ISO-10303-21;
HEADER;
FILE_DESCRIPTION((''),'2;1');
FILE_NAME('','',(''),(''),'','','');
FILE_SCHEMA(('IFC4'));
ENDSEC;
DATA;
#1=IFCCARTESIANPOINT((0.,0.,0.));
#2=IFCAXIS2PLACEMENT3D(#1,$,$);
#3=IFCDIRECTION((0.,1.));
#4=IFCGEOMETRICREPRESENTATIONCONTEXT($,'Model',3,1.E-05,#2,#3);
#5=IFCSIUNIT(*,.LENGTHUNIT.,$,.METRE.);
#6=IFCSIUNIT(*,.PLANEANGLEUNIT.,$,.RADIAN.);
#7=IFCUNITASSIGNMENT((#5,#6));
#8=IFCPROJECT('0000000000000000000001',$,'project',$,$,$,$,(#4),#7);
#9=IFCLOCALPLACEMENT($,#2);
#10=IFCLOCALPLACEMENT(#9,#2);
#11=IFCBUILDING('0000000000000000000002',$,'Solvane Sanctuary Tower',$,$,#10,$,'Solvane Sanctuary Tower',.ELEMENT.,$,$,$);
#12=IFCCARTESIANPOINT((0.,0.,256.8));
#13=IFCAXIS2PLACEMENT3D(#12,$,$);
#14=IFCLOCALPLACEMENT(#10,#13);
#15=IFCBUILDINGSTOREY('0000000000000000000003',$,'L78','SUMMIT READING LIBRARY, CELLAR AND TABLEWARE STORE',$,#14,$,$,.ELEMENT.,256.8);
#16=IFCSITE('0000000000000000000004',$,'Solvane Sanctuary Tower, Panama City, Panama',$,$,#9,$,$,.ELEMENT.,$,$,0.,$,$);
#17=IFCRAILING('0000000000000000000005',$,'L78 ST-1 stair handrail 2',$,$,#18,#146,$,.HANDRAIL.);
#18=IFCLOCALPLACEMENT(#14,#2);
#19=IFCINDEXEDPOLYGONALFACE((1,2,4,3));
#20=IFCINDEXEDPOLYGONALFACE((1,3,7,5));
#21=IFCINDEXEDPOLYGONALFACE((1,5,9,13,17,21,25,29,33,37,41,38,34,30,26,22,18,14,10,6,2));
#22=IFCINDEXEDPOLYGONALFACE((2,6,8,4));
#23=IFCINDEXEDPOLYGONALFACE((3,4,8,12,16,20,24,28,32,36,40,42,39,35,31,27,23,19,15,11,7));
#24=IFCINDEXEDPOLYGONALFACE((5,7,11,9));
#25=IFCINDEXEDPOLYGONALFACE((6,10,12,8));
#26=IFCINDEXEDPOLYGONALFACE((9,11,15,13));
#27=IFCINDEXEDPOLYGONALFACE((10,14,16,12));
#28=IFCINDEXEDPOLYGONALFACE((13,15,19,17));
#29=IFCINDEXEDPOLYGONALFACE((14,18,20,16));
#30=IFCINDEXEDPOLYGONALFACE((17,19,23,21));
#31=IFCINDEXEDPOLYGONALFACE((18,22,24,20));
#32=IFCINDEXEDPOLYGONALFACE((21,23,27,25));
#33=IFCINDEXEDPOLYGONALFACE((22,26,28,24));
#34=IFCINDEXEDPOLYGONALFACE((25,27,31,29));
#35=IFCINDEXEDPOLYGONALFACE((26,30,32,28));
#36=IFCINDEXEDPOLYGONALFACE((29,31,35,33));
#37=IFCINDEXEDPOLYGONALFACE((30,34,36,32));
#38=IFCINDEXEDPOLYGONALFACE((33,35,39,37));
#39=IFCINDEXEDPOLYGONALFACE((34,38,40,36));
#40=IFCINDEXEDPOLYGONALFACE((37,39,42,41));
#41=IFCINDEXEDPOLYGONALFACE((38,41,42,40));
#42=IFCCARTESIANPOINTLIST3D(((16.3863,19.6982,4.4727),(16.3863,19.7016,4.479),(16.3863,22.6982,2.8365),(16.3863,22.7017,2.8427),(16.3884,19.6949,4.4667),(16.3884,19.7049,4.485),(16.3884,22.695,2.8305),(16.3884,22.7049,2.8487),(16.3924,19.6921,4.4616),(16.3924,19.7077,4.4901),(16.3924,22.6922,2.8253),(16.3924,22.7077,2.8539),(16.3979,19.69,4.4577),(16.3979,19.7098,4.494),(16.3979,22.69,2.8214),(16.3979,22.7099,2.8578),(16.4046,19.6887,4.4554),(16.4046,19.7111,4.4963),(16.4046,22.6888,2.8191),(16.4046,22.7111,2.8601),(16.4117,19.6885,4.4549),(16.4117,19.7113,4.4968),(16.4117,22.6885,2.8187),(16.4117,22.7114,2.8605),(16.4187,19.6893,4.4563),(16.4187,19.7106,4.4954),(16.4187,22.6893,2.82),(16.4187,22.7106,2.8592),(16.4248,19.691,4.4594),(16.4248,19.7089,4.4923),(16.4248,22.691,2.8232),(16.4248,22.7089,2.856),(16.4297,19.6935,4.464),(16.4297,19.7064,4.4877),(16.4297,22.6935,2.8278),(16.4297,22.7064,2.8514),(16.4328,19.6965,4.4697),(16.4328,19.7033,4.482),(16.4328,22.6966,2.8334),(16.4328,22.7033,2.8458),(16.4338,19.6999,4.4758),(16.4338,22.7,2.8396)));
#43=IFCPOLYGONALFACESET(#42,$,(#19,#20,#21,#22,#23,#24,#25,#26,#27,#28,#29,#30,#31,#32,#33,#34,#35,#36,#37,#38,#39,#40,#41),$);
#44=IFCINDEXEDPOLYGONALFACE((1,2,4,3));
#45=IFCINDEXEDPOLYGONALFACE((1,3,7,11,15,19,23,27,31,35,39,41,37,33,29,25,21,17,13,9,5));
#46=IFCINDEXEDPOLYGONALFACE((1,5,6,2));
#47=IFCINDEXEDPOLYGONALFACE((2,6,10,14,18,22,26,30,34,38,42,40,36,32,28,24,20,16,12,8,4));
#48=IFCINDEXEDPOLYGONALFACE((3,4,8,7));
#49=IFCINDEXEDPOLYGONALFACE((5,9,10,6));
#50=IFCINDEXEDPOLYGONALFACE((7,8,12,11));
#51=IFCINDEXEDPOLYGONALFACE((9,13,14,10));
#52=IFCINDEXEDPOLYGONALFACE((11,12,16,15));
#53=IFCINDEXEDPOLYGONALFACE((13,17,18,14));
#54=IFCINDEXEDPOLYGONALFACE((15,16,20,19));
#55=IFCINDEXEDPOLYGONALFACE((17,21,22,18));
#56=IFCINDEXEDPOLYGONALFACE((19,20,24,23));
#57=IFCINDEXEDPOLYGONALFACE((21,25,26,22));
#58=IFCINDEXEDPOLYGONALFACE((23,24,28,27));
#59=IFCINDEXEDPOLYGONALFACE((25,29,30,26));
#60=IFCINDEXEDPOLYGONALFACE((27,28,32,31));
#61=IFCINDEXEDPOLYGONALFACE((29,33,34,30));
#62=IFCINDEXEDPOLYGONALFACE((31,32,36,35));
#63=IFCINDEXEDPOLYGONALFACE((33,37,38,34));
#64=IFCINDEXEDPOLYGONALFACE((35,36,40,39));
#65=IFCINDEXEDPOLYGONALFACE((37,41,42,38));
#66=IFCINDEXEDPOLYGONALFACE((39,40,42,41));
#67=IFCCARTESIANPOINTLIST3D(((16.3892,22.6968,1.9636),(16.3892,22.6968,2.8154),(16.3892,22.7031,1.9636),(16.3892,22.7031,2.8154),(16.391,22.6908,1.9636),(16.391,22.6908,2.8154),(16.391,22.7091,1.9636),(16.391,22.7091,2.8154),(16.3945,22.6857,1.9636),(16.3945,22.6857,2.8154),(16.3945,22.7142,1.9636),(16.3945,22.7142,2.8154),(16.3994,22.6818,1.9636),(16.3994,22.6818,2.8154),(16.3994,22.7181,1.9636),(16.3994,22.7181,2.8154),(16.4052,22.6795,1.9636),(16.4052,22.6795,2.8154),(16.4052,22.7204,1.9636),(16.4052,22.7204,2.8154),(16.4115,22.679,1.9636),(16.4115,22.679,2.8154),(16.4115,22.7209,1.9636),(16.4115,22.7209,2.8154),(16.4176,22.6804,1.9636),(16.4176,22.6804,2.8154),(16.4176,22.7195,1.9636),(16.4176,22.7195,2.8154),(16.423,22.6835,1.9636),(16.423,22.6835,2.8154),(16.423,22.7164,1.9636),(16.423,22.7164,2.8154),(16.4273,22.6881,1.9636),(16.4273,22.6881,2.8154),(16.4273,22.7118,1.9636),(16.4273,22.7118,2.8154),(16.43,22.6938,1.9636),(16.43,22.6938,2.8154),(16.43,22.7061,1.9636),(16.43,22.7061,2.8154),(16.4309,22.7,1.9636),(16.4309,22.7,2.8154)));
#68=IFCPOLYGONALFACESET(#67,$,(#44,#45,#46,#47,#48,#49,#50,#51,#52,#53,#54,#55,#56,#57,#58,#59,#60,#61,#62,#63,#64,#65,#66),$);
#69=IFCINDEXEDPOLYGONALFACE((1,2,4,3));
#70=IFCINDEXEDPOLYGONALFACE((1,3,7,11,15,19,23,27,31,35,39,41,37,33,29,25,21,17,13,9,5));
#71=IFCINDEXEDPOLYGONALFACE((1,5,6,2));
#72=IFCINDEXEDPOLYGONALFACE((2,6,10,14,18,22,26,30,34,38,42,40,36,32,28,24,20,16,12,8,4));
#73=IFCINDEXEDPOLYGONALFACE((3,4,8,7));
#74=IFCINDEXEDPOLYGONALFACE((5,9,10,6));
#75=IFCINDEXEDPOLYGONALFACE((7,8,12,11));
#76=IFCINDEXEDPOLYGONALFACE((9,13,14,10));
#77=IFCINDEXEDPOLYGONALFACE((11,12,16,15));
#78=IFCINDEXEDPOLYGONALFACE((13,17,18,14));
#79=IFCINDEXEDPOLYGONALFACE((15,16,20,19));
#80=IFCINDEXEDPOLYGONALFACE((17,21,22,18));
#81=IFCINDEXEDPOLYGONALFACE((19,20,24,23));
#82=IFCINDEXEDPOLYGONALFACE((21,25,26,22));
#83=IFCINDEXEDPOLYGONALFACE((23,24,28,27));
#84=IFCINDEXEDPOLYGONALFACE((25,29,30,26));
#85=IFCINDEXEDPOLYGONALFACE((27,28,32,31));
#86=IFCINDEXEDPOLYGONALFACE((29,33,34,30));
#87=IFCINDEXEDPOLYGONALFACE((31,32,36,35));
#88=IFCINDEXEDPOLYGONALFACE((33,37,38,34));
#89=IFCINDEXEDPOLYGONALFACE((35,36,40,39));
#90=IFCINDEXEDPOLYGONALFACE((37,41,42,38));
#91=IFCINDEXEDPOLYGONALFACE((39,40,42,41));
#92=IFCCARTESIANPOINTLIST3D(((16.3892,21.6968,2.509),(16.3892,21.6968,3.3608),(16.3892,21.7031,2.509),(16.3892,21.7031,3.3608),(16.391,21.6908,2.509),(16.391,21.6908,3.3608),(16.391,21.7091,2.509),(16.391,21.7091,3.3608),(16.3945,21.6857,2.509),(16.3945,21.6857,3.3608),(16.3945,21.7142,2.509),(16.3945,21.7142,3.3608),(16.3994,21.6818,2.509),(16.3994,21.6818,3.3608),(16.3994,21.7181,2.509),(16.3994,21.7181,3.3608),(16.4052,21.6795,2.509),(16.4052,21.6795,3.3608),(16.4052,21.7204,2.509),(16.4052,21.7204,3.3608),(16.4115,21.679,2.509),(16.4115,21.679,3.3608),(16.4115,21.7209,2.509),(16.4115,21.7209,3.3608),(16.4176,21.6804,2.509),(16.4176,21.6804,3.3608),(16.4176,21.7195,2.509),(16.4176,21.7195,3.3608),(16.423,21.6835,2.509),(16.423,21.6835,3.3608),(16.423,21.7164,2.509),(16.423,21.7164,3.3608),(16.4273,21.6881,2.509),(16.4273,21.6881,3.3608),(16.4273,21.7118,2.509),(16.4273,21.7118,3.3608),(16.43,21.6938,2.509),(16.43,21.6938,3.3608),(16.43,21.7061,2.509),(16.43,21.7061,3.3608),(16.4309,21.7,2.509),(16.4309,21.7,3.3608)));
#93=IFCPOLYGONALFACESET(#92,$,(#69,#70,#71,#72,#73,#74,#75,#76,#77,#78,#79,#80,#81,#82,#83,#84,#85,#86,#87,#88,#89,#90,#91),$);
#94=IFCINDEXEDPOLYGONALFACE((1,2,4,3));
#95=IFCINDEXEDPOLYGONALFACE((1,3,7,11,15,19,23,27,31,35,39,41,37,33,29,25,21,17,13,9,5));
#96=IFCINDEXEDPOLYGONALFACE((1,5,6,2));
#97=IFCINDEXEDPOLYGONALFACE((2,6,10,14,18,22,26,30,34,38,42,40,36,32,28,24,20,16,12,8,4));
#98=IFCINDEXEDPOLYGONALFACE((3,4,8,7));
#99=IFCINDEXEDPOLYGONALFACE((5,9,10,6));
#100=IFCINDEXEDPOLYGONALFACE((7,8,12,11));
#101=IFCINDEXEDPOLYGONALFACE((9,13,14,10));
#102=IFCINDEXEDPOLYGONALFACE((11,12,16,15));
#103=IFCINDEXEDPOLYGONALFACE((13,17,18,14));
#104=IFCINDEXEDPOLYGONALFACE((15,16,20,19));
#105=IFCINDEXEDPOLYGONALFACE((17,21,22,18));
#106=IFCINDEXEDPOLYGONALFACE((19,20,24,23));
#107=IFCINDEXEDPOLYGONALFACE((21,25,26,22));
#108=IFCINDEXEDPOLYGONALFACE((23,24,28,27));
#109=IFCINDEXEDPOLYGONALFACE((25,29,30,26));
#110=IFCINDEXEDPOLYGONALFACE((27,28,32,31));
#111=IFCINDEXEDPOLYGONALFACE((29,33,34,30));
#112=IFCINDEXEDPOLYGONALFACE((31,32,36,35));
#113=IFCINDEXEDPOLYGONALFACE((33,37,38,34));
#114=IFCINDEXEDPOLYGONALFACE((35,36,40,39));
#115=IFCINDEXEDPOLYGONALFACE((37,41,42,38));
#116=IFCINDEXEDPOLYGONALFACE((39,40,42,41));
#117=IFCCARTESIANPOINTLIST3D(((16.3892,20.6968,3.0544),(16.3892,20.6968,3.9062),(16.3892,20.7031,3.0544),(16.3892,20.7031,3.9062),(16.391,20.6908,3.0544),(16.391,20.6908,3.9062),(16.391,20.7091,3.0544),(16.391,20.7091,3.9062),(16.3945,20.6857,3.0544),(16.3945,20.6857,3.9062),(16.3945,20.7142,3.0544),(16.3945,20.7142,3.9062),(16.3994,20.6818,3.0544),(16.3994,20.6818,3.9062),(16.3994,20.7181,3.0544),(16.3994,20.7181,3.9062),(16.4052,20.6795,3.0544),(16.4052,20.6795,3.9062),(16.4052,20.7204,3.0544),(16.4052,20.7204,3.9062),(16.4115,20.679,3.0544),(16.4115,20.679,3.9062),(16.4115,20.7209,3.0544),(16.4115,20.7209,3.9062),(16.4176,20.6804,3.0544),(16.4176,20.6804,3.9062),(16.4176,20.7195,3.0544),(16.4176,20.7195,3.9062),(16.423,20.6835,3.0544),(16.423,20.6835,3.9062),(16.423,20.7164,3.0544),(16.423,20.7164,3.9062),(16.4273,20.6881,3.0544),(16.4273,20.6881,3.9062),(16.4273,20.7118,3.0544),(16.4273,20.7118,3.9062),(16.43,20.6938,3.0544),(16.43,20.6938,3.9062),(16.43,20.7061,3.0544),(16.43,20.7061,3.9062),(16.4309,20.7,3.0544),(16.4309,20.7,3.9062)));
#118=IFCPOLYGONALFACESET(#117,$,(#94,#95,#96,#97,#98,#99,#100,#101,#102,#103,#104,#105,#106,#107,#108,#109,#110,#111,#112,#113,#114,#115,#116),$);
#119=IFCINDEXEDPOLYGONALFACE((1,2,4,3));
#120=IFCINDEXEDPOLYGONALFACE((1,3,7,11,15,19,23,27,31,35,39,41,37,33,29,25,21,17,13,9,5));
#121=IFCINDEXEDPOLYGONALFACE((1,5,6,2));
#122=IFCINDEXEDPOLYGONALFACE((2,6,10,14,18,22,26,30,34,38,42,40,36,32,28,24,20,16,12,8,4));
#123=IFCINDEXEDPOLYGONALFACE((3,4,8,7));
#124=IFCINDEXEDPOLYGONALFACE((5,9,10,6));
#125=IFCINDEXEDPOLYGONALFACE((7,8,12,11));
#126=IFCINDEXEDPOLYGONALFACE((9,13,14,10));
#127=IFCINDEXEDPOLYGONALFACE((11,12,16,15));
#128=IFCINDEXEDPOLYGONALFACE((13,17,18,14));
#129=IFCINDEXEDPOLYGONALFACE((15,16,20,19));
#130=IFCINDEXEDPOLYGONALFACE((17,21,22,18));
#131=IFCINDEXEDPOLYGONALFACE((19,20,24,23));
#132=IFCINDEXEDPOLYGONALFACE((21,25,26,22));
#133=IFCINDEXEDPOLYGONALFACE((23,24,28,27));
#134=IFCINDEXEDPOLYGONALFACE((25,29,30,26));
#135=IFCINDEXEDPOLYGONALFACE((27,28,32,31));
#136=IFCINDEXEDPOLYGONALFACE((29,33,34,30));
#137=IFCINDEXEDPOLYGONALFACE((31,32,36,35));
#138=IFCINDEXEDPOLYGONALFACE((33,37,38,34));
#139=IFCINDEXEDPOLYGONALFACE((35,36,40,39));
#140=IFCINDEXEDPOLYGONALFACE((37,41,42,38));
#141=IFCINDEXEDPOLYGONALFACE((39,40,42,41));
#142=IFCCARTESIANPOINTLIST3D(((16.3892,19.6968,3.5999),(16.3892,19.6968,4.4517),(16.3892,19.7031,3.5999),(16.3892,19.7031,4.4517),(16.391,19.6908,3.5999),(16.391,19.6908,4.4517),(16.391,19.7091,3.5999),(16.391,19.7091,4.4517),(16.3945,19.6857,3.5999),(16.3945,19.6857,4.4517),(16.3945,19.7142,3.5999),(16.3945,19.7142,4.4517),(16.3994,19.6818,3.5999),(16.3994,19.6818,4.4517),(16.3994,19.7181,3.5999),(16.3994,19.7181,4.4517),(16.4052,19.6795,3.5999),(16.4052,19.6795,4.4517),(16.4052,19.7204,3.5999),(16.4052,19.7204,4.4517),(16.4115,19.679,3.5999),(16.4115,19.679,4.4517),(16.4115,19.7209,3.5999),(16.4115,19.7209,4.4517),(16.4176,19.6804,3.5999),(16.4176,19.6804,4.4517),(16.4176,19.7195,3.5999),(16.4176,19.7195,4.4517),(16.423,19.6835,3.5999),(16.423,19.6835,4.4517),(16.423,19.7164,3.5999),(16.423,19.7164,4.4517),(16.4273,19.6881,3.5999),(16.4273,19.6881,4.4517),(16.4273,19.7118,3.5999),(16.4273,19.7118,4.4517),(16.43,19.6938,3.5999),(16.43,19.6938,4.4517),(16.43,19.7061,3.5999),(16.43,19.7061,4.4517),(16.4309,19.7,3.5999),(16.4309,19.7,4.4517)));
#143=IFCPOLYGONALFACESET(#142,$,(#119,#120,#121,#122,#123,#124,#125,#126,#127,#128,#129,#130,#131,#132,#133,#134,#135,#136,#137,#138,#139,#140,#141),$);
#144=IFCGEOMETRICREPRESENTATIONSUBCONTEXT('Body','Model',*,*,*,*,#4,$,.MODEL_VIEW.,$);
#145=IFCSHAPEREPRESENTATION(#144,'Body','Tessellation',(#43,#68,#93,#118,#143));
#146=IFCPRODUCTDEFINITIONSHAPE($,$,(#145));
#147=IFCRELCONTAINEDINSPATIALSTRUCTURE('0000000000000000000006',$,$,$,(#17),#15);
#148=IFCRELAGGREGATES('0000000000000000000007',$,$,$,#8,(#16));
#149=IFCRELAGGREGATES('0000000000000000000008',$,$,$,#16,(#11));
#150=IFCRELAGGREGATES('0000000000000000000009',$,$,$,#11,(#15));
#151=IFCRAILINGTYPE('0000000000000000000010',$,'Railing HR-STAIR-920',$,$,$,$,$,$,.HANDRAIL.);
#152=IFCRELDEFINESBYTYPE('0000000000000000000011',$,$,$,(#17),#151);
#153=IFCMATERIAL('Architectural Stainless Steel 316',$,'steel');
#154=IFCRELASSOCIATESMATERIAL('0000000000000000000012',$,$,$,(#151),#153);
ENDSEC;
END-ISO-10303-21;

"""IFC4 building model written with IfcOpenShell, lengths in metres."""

from ifc_helpers import new_model, si_unit, direction, frame, origin, origin_2d, place, context, subcontext, project, spatial, circle, extrude, material, type_object, element, save


model = new_model("IFC4")

# Units and contexts
model_context = context("Model", 3, precision=1e-05, world=origin(), true_north=direction((0.0, 1.0)))
body_context = subcontext(model_context, "Body", "Model", "MODEL_VIEW")
ifc_project = project(units=[si_unit("LENGTHUNIT", "METRE"), si_unit("PLANEANGLEUNIT", "RADIAN")], contexts=[model_context])

# Site, building, storey
site_placement = place(None, origin())
site = spatial("IfcSite", under=ifc_project, at=site_placement, Name="Solvane Sanctuary Tower, Panama City, Panama", CompositionType="ELEMENT", RefElevation=0.0)
building_placement = place(site_placement, origin())
building = spatial("IfcBuilding", under=site, at=building_placement, Name="Solvane Sanctuary Tower", LongName="Solvane Sanctuary Tower", CompositionType="ELEMENT")
storey_placement = place(building_placement, frame((0.0, 0.0, 256.8)))
storey = spatial("IfcBuildingStorey", under=building, at=storey_placement, Name="L78", Description="SUMMIT READING LIBRARY, CELLAR AND TABLEWARE STORE", CompositionType="ELEMENT", Elevation=256.8)

# Shared definitions
ifc_material_1 = material(Name="Architectural Stainless Steel 316", Category="steel")

# Railing
railing_type_1 = type_object("IfcRailingType", Name="Railing HR-STAIR-920", PredefinedType="HANDRAIL", material=ifc_material_1)
railing_1_placement = place(storey_placement, frame((16.4099, 22.7, 1.9636)))
element("IfcRailing", 1, at=railing_1_placement, inside=storey, type_object=railing_type_1, Name="L78 ST-1 stair handrail 2", PredefinedType="HANDRAIL", context=body_context, shape_type="SweptSolid", body=[
    extrude(circle(Radius=0.0239, at=origin_2d()), frame((0.0, 0.0, 0.876), z_axis=(0.0, -0.877912, 0.478822), x_axis=(1.0, 0.0, 0.0)), (0.0, 0.0, 1.0), 3.4172),
    extrude(circle(Radius=0.021, at=origin_2d()), origin(), (0.0, 0.0, 1.0), 0.8518),
    extrude(circle(Radius=0.021, at=origin_2d()), frame((0.0, -1.0, 0.5454)), (0.0, 0.0, 1.0), 0.8518),
    extrude(circle(Radius=0.021, at=origin_2d()), frame((0.0, -2.0, 1.0908)), (0.0, 0.0, 1.0), 0.8518),
    extrude(circle(Radius=0.021, at=origin_2d()), frame((0.0, -3.0, 1.6362)), (0.0, 0.0, 1.0), 0.8518),
])

save(model, "model.ifc")
